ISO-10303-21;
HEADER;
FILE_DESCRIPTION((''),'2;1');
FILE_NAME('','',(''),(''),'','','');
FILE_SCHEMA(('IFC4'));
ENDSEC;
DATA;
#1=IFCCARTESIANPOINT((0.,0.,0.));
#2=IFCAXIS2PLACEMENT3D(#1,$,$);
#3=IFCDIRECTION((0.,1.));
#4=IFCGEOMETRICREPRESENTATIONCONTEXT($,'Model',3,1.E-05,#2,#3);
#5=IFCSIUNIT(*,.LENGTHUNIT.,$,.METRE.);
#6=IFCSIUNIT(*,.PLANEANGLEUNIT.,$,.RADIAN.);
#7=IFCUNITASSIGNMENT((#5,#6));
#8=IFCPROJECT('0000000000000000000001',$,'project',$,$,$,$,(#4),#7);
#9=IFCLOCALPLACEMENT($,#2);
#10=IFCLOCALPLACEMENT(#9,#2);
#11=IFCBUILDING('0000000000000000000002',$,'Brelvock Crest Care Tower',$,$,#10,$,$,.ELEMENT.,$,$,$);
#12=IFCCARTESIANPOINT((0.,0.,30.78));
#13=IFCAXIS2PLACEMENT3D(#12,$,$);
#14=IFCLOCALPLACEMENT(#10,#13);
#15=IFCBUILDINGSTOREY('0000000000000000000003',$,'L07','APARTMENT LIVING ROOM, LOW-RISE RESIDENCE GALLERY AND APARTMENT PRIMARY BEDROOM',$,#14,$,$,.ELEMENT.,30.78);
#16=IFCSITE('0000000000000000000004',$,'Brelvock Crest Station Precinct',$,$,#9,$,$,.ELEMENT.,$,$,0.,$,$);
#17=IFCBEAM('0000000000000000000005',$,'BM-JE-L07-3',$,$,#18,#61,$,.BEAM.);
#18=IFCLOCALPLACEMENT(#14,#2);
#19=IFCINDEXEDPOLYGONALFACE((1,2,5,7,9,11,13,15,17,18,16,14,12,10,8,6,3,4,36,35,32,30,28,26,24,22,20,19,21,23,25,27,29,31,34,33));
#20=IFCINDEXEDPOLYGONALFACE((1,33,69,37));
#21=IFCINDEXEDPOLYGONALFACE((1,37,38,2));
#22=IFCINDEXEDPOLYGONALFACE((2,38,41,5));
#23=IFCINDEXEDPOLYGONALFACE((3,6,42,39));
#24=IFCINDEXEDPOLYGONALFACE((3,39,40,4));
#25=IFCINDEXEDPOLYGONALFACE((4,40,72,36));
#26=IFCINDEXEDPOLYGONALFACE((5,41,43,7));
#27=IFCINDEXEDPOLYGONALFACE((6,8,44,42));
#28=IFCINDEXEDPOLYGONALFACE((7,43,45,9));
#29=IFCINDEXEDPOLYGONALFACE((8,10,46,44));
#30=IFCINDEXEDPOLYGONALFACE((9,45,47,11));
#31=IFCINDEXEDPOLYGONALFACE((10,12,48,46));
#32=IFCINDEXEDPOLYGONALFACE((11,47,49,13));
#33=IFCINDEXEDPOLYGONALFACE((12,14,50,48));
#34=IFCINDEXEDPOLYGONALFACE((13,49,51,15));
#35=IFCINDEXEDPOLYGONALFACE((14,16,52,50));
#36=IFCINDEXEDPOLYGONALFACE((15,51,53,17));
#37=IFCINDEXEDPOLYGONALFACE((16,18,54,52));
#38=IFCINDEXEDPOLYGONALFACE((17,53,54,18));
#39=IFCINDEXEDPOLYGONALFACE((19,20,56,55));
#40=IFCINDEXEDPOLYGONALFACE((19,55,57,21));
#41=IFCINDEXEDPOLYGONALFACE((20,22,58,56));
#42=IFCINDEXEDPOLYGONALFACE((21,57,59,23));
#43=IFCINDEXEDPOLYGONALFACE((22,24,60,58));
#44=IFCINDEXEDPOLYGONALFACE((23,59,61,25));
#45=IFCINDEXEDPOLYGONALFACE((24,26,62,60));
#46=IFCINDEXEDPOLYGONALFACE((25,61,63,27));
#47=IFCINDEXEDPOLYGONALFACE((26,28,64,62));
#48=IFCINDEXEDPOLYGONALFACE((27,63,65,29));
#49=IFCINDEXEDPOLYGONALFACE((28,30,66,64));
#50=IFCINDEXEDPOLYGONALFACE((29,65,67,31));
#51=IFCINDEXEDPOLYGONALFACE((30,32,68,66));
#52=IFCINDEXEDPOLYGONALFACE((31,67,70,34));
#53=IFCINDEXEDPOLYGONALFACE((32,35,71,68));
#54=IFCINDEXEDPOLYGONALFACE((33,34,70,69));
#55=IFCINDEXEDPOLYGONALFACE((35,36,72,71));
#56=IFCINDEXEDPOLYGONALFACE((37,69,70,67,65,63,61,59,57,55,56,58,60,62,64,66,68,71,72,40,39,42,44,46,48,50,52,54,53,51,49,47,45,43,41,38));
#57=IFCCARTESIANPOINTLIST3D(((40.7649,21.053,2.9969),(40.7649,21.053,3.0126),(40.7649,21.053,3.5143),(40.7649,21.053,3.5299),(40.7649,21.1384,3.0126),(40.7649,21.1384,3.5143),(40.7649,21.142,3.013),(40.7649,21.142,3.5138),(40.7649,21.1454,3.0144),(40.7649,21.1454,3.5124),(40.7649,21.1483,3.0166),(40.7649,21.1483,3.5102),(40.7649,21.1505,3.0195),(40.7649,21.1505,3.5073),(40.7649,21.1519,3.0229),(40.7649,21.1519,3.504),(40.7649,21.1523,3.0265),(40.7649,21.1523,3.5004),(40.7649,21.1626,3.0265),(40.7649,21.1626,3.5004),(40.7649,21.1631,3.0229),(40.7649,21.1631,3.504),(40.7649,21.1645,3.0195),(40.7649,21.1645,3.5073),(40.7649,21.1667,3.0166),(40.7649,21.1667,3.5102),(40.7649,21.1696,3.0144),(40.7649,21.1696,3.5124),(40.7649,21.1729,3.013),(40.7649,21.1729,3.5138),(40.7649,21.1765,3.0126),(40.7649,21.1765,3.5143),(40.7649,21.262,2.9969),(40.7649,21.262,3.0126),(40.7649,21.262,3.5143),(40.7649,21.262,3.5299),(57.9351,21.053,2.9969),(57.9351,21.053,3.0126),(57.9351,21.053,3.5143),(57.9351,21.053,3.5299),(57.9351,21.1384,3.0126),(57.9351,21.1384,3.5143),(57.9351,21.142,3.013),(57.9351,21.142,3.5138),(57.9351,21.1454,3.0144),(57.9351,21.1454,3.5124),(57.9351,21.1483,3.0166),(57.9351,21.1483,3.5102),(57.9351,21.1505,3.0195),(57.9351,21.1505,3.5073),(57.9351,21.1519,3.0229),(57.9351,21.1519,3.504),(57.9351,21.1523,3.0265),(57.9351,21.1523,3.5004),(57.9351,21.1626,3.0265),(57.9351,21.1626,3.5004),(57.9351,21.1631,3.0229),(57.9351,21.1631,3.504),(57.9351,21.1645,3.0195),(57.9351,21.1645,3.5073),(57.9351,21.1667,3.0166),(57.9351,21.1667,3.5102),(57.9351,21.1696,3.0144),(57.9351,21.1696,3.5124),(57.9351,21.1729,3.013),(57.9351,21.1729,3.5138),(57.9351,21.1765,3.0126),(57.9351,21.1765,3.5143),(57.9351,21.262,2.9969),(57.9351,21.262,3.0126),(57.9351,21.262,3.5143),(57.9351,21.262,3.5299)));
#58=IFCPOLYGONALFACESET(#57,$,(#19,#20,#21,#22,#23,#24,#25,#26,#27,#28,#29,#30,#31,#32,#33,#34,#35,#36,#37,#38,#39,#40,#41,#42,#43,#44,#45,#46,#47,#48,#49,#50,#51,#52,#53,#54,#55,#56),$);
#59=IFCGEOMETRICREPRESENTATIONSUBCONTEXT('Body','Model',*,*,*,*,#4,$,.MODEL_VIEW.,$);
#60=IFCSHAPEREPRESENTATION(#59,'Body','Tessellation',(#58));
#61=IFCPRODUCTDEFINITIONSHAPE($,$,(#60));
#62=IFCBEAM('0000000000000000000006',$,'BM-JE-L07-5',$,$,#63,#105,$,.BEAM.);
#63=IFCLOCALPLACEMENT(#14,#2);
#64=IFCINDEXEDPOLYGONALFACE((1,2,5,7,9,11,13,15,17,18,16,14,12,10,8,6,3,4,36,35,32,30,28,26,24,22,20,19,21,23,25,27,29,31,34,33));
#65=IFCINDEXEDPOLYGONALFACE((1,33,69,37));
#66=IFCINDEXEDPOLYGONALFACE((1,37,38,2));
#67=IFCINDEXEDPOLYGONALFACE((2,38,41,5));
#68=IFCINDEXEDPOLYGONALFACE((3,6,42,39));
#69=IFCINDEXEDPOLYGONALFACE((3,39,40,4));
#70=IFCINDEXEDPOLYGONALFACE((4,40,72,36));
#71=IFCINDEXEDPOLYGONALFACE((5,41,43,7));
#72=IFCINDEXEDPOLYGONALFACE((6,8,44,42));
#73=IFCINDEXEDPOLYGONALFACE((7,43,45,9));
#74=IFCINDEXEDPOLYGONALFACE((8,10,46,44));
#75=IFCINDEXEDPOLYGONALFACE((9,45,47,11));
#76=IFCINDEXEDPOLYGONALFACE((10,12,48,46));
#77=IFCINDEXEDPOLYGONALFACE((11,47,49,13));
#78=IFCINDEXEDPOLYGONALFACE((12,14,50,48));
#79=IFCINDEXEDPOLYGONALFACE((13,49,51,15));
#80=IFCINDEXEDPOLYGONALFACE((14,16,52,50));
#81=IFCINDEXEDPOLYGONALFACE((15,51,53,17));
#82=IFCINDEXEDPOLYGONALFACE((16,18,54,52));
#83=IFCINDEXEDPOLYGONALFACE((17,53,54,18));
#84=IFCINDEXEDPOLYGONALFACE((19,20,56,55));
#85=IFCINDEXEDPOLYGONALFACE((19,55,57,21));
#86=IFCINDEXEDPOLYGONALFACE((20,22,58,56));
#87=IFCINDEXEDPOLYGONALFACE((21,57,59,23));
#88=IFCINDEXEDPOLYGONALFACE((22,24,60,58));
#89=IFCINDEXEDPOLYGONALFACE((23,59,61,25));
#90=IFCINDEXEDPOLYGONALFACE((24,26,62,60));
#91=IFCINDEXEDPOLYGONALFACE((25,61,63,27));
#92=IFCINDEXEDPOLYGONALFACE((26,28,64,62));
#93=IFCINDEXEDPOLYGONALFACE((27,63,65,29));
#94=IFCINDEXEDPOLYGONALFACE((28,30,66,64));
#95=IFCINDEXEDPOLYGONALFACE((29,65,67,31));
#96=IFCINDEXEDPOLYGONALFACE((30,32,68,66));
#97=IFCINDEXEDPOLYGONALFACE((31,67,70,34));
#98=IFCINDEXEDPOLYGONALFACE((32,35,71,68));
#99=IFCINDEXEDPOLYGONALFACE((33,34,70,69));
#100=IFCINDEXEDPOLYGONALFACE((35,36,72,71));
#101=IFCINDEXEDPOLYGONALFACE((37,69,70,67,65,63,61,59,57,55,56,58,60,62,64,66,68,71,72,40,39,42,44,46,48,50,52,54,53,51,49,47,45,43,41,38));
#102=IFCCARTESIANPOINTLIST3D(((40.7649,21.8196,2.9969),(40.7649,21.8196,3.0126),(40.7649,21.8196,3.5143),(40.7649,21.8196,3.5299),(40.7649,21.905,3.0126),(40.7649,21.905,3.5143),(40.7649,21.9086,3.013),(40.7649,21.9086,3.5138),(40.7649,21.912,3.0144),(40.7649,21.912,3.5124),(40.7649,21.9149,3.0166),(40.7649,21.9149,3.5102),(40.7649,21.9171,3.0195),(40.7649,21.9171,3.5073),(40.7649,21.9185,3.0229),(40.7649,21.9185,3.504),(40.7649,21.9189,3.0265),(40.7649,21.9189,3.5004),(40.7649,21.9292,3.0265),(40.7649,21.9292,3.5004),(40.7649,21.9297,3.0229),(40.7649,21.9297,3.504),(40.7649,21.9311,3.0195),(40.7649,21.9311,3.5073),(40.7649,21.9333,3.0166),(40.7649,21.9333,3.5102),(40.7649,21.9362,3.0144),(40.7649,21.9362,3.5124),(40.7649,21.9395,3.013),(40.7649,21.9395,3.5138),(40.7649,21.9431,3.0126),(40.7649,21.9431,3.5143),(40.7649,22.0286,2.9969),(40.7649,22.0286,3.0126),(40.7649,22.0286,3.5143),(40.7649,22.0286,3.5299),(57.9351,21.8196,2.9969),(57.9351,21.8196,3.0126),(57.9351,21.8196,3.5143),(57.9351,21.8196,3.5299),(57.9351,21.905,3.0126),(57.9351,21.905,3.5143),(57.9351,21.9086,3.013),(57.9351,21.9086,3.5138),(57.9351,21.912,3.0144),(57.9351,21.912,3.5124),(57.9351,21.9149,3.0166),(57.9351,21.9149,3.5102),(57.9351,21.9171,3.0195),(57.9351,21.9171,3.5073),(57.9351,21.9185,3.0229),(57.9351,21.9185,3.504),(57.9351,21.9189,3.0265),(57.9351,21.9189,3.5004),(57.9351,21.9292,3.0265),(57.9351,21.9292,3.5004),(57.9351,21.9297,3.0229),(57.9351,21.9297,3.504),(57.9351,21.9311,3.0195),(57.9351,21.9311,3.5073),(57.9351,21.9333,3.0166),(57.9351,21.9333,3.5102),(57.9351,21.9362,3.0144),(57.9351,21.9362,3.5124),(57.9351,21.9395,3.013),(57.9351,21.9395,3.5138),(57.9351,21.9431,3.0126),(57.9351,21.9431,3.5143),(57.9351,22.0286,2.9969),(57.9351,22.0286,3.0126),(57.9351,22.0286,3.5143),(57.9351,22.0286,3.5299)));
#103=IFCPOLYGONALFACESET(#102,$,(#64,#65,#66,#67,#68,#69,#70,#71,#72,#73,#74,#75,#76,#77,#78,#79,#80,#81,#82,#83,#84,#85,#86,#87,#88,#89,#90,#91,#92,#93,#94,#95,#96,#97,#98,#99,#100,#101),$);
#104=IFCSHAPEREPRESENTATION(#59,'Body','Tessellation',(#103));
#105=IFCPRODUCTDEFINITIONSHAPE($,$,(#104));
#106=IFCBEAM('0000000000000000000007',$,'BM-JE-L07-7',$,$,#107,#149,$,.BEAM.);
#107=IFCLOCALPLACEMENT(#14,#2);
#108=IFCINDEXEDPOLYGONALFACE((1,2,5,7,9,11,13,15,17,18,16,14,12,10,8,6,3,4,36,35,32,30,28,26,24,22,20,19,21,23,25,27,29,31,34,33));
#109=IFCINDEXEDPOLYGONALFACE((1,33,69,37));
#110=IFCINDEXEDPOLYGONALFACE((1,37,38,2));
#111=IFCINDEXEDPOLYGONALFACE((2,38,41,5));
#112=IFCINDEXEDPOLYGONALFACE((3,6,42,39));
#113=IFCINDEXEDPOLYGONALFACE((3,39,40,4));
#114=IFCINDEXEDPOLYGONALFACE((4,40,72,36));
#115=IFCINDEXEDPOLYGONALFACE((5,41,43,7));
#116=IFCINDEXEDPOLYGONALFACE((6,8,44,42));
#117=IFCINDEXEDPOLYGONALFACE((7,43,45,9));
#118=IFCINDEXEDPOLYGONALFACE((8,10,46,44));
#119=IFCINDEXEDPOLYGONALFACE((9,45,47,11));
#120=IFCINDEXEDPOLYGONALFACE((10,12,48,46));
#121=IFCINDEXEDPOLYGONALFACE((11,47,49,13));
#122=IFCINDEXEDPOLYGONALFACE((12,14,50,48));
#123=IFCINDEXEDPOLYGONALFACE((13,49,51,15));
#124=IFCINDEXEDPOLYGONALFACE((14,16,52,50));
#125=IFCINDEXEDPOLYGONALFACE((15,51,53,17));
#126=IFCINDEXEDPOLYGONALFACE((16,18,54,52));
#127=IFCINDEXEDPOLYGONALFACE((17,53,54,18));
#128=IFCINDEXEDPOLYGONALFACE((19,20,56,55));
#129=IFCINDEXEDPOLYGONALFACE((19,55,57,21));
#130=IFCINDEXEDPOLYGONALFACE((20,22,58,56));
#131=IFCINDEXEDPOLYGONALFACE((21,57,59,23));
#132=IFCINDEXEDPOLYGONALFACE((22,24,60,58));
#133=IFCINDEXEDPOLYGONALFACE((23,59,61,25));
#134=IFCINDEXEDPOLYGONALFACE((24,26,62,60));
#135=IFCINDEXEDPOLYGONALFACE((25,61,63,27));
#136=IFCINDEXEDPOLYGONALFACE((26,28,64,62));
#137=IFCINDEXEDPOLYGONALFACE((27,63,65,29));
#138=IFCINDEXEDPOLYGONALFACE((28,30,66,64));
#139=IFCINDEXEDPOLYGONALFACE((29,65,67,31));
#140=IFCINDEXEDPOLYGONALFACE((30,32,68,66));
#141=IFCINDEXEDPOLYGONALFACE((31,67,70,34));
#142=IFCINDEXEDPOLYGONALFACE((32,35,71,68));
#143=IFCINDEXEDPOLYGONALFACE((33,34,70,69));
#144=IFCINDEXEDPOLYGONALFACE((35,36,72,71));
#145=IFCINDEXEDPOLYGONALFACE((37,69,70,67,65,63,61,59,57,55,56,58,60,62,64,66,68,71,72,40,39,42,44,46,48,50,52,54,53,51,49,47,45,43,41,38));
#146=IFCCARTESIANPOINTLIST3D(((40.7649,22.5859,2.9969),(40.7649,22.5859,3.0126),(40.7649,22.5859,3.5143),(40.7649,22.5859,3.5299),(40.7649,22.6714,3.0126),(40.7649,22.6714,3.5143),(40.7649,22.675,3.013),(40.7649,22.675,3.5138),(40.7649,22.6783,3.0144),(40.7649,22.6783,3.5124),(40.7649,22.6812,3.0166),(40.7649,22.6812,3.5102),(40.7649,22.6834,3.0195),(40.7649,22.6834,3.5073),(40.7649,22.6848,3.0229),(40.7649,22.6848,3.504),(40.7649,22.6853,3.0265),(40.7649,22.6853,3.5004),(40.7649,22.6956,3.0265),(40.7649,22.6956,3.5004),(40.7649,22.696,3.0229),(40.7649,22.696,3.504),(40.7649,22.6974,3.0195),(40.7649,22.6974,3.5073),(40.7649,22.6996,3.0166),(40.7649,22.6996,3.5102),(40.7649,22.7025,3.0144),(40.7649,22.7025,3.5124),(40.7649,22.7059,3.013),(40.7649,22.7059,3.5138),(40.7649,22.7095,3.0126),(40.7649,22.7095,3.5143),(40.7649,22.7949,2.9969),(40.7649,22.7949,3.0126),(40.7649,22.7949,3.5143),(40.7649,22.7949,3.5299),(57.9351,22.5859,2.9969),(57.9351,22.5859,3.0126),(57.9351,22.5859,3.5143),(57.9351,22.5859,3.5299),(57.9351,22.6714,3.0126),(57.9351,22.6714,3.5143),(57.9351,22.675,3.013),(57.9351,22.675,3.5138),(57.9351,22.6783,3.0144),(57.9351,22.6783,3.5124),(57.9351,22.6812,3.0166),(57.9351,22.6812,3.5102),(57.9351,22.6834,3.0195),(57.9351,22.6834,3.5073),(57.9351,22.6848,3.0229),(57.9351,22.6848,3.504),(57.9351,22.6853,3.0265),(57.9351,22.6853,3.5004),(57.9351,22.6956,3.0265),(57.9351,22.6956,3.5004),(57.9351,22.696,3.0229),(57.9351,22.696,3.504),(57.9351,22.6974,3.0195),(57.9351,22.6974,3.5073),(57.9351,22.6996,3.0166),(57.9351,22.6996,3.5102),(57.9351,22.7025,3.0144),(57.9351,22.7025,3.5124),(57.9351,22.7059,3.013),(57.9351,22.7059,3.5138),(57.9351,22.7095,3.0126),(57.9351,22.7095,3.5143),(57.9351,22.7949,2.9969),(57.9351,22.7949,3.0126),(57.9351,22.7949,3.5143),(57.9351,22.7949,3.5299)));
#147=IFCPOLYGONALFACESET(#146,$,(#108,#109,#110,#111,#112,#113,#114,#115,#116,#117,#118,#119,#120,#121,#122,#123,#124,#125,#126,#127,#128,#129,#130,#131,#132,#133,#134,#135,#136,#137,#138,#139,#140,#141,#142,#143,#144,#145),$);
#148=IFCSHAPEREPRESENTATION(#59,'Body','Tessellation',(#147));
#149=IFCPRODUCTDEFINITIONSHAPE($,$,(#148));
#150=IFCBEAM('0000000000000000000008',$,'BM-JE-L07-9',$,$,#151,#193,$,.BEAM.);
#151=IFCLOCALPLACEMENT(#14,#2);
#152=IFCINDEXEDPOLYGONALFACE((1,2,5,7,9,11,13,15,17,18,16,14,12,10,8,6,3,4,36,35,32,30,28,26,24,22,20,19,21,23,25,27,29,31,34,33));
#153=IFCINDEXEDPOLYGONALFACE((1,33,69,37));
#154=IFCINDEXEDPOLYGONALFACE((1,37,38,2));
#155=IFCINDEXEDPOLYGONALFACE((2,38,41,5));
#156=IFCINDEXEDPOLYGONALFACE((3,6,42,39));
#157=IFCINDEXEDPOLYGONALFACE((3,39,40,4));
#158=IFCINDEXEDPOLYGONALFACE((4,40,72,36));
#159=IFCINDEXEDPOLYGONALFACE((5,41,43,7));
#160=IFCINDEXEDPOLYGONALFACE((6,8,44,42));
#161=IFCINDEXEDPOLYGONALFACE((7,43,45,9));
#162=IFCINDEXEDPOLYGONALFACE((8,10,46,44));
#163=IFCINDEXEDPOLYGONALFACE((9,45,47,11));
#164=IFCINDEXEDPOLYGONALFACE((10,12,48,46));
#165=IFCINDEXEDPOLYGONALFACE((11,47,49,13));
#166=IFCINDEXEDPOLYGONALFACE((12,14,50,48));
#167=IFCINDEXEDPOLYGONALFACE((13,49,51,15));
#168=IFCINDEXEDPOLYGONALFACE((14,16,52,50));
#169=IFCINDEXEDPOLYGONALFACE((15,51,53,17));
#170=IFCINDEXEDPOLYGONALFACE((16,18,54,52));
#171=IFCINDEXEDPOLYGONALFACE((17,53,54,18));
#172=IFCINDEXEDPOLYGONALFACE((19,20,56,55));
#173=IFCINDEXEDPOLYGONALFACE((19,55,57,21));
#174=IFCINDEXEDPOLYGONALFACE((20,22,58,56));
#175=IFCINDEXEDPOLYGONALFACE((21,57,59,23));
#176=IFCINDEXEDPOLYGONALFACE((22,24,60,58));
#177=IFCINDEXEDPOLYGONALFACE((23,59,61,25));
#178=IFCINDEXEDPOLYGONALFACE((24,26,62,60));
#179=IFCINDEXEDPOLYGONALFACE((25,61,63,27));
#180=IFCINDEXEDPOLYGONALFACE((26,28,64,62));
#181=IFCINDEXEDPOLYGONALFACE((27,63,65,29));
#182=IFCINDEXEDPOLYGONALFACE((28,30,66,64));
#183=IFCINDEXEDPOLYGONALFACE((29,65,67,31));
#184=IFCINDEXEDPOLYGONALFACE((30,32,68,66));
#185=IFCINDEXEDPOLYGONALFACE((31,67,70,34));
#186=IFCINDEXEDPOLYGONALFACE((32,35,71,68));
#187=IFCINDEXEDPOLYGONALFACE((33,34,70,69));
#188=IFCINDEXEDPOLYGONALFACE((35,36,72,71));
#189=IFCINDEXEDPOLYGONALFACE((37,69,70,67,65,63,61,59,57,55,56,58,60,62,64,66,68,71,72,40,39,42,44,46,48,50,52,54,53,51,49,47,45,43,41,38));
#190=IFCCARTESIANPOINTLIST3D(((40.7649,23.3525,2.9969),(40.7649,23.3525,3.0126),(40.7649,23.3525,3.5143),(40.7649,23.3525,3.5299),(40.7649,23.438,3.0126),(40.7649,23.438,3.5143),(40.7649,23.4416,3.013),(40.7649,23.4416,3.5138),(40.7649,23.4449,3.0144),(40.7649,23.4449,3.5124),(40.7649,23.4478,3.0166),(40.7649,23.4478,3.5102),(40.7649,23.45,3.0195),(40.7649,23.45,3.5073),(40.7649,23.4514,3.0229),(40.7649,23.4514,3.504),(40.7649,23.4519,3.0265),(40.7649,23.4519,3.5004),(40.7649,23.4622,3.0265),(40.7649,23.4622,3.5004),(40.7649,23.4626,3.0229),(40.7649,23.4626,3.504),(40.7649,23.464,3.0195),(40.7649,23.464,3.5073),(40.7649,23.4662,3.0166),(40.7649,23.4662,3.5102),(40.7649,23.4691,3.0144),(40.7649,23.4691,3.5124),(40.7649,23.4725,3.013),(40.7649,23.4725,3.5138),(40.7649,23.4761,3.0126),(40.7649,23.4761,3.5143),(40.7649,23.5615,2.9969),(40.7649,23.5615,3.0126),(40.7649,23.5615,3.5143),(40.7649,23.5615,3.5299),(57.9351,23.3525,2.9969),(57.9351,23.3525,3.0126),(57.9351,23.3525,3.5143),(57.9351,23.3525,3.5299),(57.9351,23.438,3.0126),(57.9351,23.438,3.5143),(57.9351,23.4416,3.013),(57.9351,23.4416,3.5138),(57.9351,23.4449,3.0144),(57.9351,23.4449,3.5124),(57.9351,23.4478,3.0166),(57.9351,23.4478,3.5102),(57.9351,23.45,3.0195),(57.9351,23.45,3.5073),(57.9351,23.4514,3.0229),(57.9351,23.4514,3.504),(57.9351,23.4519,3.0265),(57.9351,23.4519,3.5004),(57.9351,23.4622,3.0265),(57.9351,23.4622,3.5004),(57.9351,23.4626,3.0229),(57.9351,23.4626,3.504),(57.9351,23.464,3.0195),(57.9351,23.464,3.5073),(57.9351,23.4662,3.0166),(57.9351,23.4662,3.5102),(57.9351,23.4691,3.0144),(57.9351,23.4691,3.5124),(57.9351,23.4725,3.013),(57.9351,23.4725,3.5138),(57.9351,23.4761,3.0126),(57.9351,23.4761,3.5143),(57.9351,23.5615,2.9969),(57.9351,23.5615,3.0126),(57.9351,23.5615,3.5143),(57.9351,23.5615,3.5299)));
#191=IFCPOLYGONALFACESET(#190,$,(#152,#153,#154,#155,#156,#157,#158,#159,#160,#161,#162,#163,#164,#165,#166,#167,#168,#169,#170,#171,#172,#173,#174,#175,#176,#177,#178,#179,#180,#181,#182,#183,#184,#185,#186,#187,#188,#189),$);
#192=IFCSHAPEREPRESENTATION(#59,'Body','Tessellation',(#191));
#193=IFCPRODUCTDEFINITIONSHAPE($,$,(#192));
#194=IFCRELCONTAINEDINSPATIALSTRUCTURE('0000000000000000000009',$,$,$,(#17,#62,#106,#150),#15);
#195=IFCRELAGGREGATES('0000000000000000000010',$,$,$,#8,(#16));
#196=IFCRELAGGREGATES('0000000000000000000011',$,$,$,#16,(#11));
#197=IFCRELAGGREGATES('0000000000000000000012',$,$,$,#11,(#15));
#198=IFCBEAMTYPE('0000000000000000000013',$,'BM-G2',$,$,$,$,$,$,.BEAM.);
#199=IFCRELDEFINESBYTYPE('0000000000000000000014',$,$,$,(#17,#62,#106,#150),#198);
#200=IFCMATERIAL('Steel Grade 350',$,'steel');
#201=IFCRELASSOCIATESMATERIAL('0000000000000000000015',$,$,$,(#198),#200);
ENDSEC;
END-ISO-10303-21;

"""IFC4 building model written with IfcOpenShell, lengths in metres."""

from ifc_helpers import new_model, si_unit, direction, frame, origin, origin_2d, place, context, subcontext, project, spatial, i_section, extrude, source, transform, mapped, material, material_profile, profile_set, type_object, element, save


model = new_model("IFC4")

# Units and contexts
model_context = context("Model", 3, precision=1e-05, world=origin(), true_north=direction((0.0, 1.0)))
body_context = subcontext(model_context, "Body", "Model", "MODEL_VIEW")
ifc_project = project(units=[si_unit("LENGTHUNIT", "METRE"), si_unit("PLANEANGLEUNIT", "RADIAN")], contexts=[model_context])

# Site, building, storey
site_placement = place(None, origin())
site = spatial("IfcSite", under=ifc_project, at=site_placement, Name="Brelvock Crest Station Precinct", CompositionType="ELEMENT", RefElevation=0.0)
building_placement = place(site_placement, origin())
building = spatial("IfcBuilding", under=site, at=building_placement, Name="Brelvock Crest Care Tower", CompositionType="ELEMENT")
storey_placement = place(building_placement, frame((0.0, 0.0, 30.78)))
storey = spatial("IfcBuildingStorey", under=building, at=storey_placement, Name="L07", Description="APARTMENT LIVING ROOM, LOW-RISE RESIDENCE GALLERY AND APARTMENT PRIMARY BEDROOM", CompositionType="ELEMENT", Elevation=30.78)

# Beams
ifc_material_1 = material(Name="Steel Grade 350", Category="steel")
ifc_material_profile_1 = material_profile(ifc_material_1, i_section(OverallWidth=0.209, OverallDepth=0.533, WebThickness=0.0103, FlangeThickness=0.0156, FilletRadius=0.0139, at=origin_2d()), Name="530UB92.4")
ifc_profile_set_1 = profile_set([ifc_material_profile_1], Name="Steel Grade 350")
beam_type_1 = type_object("IfcBeamType", Name="BM-G2", PredefinedType="BEAM", material=ifc_profile_set_1)
shared_shape_1 = source(origin(), body_context, "Body", "SweptSolid", [
    extrude(i_section(OverallWidth=0.209, OverallDepth=0.533, WebThickness=0.0103, FlangeThickness=0.0156, FilletRadius=0.0139, at=origin_2d()), origin(), (0.0, 0.0, 1.0), 17.1702),
])
for number, where, z_axis, x_axis, name in (
    (1, (40.7649, 21.1575, 3.2634), (1.0, 0.0, 0.0), (0.0, 1.0, 0.0), "BM-JE-L07-3"),
    (2, (40.7649, 21.9241, 3.2634), (1.0, 0.0, 0.0), (0.0, 1.0, 0.0), "BM-JE-L07-5"),
    (3, (40.7649, 22.6904, 3.2634), (1.0, 0.0, 0.0), (0.0, 1.0, 0.0), "BM-JE-L07-7"),
    (4, (40.7649, 23.457, 3.2634), (1.0, 0.0, 0.0), (0.0, 1.0, 0.0), "BM-JE-L07-9"),
):
    element("IfcBeam", number, at=place(storey_placement, frame(where, z_axis=z_axis, x_axis=x_axis)), inside=storey, type_object=beam_type_1, Name=name, PredefinedType="BEAM", context=body_context, shape_type="MappedRepresentation", body=[
        mapped(shared_shape_1, transform((0.0, 0.0, 0.0), x_axis=(1.0, 0.0, 0.0), y_axis=(0.0, 1.0, 0.0), z_axis=(0.0, 0.0, 1.0), scale=1.0)),
    ])

save(model, "model.ifc")
